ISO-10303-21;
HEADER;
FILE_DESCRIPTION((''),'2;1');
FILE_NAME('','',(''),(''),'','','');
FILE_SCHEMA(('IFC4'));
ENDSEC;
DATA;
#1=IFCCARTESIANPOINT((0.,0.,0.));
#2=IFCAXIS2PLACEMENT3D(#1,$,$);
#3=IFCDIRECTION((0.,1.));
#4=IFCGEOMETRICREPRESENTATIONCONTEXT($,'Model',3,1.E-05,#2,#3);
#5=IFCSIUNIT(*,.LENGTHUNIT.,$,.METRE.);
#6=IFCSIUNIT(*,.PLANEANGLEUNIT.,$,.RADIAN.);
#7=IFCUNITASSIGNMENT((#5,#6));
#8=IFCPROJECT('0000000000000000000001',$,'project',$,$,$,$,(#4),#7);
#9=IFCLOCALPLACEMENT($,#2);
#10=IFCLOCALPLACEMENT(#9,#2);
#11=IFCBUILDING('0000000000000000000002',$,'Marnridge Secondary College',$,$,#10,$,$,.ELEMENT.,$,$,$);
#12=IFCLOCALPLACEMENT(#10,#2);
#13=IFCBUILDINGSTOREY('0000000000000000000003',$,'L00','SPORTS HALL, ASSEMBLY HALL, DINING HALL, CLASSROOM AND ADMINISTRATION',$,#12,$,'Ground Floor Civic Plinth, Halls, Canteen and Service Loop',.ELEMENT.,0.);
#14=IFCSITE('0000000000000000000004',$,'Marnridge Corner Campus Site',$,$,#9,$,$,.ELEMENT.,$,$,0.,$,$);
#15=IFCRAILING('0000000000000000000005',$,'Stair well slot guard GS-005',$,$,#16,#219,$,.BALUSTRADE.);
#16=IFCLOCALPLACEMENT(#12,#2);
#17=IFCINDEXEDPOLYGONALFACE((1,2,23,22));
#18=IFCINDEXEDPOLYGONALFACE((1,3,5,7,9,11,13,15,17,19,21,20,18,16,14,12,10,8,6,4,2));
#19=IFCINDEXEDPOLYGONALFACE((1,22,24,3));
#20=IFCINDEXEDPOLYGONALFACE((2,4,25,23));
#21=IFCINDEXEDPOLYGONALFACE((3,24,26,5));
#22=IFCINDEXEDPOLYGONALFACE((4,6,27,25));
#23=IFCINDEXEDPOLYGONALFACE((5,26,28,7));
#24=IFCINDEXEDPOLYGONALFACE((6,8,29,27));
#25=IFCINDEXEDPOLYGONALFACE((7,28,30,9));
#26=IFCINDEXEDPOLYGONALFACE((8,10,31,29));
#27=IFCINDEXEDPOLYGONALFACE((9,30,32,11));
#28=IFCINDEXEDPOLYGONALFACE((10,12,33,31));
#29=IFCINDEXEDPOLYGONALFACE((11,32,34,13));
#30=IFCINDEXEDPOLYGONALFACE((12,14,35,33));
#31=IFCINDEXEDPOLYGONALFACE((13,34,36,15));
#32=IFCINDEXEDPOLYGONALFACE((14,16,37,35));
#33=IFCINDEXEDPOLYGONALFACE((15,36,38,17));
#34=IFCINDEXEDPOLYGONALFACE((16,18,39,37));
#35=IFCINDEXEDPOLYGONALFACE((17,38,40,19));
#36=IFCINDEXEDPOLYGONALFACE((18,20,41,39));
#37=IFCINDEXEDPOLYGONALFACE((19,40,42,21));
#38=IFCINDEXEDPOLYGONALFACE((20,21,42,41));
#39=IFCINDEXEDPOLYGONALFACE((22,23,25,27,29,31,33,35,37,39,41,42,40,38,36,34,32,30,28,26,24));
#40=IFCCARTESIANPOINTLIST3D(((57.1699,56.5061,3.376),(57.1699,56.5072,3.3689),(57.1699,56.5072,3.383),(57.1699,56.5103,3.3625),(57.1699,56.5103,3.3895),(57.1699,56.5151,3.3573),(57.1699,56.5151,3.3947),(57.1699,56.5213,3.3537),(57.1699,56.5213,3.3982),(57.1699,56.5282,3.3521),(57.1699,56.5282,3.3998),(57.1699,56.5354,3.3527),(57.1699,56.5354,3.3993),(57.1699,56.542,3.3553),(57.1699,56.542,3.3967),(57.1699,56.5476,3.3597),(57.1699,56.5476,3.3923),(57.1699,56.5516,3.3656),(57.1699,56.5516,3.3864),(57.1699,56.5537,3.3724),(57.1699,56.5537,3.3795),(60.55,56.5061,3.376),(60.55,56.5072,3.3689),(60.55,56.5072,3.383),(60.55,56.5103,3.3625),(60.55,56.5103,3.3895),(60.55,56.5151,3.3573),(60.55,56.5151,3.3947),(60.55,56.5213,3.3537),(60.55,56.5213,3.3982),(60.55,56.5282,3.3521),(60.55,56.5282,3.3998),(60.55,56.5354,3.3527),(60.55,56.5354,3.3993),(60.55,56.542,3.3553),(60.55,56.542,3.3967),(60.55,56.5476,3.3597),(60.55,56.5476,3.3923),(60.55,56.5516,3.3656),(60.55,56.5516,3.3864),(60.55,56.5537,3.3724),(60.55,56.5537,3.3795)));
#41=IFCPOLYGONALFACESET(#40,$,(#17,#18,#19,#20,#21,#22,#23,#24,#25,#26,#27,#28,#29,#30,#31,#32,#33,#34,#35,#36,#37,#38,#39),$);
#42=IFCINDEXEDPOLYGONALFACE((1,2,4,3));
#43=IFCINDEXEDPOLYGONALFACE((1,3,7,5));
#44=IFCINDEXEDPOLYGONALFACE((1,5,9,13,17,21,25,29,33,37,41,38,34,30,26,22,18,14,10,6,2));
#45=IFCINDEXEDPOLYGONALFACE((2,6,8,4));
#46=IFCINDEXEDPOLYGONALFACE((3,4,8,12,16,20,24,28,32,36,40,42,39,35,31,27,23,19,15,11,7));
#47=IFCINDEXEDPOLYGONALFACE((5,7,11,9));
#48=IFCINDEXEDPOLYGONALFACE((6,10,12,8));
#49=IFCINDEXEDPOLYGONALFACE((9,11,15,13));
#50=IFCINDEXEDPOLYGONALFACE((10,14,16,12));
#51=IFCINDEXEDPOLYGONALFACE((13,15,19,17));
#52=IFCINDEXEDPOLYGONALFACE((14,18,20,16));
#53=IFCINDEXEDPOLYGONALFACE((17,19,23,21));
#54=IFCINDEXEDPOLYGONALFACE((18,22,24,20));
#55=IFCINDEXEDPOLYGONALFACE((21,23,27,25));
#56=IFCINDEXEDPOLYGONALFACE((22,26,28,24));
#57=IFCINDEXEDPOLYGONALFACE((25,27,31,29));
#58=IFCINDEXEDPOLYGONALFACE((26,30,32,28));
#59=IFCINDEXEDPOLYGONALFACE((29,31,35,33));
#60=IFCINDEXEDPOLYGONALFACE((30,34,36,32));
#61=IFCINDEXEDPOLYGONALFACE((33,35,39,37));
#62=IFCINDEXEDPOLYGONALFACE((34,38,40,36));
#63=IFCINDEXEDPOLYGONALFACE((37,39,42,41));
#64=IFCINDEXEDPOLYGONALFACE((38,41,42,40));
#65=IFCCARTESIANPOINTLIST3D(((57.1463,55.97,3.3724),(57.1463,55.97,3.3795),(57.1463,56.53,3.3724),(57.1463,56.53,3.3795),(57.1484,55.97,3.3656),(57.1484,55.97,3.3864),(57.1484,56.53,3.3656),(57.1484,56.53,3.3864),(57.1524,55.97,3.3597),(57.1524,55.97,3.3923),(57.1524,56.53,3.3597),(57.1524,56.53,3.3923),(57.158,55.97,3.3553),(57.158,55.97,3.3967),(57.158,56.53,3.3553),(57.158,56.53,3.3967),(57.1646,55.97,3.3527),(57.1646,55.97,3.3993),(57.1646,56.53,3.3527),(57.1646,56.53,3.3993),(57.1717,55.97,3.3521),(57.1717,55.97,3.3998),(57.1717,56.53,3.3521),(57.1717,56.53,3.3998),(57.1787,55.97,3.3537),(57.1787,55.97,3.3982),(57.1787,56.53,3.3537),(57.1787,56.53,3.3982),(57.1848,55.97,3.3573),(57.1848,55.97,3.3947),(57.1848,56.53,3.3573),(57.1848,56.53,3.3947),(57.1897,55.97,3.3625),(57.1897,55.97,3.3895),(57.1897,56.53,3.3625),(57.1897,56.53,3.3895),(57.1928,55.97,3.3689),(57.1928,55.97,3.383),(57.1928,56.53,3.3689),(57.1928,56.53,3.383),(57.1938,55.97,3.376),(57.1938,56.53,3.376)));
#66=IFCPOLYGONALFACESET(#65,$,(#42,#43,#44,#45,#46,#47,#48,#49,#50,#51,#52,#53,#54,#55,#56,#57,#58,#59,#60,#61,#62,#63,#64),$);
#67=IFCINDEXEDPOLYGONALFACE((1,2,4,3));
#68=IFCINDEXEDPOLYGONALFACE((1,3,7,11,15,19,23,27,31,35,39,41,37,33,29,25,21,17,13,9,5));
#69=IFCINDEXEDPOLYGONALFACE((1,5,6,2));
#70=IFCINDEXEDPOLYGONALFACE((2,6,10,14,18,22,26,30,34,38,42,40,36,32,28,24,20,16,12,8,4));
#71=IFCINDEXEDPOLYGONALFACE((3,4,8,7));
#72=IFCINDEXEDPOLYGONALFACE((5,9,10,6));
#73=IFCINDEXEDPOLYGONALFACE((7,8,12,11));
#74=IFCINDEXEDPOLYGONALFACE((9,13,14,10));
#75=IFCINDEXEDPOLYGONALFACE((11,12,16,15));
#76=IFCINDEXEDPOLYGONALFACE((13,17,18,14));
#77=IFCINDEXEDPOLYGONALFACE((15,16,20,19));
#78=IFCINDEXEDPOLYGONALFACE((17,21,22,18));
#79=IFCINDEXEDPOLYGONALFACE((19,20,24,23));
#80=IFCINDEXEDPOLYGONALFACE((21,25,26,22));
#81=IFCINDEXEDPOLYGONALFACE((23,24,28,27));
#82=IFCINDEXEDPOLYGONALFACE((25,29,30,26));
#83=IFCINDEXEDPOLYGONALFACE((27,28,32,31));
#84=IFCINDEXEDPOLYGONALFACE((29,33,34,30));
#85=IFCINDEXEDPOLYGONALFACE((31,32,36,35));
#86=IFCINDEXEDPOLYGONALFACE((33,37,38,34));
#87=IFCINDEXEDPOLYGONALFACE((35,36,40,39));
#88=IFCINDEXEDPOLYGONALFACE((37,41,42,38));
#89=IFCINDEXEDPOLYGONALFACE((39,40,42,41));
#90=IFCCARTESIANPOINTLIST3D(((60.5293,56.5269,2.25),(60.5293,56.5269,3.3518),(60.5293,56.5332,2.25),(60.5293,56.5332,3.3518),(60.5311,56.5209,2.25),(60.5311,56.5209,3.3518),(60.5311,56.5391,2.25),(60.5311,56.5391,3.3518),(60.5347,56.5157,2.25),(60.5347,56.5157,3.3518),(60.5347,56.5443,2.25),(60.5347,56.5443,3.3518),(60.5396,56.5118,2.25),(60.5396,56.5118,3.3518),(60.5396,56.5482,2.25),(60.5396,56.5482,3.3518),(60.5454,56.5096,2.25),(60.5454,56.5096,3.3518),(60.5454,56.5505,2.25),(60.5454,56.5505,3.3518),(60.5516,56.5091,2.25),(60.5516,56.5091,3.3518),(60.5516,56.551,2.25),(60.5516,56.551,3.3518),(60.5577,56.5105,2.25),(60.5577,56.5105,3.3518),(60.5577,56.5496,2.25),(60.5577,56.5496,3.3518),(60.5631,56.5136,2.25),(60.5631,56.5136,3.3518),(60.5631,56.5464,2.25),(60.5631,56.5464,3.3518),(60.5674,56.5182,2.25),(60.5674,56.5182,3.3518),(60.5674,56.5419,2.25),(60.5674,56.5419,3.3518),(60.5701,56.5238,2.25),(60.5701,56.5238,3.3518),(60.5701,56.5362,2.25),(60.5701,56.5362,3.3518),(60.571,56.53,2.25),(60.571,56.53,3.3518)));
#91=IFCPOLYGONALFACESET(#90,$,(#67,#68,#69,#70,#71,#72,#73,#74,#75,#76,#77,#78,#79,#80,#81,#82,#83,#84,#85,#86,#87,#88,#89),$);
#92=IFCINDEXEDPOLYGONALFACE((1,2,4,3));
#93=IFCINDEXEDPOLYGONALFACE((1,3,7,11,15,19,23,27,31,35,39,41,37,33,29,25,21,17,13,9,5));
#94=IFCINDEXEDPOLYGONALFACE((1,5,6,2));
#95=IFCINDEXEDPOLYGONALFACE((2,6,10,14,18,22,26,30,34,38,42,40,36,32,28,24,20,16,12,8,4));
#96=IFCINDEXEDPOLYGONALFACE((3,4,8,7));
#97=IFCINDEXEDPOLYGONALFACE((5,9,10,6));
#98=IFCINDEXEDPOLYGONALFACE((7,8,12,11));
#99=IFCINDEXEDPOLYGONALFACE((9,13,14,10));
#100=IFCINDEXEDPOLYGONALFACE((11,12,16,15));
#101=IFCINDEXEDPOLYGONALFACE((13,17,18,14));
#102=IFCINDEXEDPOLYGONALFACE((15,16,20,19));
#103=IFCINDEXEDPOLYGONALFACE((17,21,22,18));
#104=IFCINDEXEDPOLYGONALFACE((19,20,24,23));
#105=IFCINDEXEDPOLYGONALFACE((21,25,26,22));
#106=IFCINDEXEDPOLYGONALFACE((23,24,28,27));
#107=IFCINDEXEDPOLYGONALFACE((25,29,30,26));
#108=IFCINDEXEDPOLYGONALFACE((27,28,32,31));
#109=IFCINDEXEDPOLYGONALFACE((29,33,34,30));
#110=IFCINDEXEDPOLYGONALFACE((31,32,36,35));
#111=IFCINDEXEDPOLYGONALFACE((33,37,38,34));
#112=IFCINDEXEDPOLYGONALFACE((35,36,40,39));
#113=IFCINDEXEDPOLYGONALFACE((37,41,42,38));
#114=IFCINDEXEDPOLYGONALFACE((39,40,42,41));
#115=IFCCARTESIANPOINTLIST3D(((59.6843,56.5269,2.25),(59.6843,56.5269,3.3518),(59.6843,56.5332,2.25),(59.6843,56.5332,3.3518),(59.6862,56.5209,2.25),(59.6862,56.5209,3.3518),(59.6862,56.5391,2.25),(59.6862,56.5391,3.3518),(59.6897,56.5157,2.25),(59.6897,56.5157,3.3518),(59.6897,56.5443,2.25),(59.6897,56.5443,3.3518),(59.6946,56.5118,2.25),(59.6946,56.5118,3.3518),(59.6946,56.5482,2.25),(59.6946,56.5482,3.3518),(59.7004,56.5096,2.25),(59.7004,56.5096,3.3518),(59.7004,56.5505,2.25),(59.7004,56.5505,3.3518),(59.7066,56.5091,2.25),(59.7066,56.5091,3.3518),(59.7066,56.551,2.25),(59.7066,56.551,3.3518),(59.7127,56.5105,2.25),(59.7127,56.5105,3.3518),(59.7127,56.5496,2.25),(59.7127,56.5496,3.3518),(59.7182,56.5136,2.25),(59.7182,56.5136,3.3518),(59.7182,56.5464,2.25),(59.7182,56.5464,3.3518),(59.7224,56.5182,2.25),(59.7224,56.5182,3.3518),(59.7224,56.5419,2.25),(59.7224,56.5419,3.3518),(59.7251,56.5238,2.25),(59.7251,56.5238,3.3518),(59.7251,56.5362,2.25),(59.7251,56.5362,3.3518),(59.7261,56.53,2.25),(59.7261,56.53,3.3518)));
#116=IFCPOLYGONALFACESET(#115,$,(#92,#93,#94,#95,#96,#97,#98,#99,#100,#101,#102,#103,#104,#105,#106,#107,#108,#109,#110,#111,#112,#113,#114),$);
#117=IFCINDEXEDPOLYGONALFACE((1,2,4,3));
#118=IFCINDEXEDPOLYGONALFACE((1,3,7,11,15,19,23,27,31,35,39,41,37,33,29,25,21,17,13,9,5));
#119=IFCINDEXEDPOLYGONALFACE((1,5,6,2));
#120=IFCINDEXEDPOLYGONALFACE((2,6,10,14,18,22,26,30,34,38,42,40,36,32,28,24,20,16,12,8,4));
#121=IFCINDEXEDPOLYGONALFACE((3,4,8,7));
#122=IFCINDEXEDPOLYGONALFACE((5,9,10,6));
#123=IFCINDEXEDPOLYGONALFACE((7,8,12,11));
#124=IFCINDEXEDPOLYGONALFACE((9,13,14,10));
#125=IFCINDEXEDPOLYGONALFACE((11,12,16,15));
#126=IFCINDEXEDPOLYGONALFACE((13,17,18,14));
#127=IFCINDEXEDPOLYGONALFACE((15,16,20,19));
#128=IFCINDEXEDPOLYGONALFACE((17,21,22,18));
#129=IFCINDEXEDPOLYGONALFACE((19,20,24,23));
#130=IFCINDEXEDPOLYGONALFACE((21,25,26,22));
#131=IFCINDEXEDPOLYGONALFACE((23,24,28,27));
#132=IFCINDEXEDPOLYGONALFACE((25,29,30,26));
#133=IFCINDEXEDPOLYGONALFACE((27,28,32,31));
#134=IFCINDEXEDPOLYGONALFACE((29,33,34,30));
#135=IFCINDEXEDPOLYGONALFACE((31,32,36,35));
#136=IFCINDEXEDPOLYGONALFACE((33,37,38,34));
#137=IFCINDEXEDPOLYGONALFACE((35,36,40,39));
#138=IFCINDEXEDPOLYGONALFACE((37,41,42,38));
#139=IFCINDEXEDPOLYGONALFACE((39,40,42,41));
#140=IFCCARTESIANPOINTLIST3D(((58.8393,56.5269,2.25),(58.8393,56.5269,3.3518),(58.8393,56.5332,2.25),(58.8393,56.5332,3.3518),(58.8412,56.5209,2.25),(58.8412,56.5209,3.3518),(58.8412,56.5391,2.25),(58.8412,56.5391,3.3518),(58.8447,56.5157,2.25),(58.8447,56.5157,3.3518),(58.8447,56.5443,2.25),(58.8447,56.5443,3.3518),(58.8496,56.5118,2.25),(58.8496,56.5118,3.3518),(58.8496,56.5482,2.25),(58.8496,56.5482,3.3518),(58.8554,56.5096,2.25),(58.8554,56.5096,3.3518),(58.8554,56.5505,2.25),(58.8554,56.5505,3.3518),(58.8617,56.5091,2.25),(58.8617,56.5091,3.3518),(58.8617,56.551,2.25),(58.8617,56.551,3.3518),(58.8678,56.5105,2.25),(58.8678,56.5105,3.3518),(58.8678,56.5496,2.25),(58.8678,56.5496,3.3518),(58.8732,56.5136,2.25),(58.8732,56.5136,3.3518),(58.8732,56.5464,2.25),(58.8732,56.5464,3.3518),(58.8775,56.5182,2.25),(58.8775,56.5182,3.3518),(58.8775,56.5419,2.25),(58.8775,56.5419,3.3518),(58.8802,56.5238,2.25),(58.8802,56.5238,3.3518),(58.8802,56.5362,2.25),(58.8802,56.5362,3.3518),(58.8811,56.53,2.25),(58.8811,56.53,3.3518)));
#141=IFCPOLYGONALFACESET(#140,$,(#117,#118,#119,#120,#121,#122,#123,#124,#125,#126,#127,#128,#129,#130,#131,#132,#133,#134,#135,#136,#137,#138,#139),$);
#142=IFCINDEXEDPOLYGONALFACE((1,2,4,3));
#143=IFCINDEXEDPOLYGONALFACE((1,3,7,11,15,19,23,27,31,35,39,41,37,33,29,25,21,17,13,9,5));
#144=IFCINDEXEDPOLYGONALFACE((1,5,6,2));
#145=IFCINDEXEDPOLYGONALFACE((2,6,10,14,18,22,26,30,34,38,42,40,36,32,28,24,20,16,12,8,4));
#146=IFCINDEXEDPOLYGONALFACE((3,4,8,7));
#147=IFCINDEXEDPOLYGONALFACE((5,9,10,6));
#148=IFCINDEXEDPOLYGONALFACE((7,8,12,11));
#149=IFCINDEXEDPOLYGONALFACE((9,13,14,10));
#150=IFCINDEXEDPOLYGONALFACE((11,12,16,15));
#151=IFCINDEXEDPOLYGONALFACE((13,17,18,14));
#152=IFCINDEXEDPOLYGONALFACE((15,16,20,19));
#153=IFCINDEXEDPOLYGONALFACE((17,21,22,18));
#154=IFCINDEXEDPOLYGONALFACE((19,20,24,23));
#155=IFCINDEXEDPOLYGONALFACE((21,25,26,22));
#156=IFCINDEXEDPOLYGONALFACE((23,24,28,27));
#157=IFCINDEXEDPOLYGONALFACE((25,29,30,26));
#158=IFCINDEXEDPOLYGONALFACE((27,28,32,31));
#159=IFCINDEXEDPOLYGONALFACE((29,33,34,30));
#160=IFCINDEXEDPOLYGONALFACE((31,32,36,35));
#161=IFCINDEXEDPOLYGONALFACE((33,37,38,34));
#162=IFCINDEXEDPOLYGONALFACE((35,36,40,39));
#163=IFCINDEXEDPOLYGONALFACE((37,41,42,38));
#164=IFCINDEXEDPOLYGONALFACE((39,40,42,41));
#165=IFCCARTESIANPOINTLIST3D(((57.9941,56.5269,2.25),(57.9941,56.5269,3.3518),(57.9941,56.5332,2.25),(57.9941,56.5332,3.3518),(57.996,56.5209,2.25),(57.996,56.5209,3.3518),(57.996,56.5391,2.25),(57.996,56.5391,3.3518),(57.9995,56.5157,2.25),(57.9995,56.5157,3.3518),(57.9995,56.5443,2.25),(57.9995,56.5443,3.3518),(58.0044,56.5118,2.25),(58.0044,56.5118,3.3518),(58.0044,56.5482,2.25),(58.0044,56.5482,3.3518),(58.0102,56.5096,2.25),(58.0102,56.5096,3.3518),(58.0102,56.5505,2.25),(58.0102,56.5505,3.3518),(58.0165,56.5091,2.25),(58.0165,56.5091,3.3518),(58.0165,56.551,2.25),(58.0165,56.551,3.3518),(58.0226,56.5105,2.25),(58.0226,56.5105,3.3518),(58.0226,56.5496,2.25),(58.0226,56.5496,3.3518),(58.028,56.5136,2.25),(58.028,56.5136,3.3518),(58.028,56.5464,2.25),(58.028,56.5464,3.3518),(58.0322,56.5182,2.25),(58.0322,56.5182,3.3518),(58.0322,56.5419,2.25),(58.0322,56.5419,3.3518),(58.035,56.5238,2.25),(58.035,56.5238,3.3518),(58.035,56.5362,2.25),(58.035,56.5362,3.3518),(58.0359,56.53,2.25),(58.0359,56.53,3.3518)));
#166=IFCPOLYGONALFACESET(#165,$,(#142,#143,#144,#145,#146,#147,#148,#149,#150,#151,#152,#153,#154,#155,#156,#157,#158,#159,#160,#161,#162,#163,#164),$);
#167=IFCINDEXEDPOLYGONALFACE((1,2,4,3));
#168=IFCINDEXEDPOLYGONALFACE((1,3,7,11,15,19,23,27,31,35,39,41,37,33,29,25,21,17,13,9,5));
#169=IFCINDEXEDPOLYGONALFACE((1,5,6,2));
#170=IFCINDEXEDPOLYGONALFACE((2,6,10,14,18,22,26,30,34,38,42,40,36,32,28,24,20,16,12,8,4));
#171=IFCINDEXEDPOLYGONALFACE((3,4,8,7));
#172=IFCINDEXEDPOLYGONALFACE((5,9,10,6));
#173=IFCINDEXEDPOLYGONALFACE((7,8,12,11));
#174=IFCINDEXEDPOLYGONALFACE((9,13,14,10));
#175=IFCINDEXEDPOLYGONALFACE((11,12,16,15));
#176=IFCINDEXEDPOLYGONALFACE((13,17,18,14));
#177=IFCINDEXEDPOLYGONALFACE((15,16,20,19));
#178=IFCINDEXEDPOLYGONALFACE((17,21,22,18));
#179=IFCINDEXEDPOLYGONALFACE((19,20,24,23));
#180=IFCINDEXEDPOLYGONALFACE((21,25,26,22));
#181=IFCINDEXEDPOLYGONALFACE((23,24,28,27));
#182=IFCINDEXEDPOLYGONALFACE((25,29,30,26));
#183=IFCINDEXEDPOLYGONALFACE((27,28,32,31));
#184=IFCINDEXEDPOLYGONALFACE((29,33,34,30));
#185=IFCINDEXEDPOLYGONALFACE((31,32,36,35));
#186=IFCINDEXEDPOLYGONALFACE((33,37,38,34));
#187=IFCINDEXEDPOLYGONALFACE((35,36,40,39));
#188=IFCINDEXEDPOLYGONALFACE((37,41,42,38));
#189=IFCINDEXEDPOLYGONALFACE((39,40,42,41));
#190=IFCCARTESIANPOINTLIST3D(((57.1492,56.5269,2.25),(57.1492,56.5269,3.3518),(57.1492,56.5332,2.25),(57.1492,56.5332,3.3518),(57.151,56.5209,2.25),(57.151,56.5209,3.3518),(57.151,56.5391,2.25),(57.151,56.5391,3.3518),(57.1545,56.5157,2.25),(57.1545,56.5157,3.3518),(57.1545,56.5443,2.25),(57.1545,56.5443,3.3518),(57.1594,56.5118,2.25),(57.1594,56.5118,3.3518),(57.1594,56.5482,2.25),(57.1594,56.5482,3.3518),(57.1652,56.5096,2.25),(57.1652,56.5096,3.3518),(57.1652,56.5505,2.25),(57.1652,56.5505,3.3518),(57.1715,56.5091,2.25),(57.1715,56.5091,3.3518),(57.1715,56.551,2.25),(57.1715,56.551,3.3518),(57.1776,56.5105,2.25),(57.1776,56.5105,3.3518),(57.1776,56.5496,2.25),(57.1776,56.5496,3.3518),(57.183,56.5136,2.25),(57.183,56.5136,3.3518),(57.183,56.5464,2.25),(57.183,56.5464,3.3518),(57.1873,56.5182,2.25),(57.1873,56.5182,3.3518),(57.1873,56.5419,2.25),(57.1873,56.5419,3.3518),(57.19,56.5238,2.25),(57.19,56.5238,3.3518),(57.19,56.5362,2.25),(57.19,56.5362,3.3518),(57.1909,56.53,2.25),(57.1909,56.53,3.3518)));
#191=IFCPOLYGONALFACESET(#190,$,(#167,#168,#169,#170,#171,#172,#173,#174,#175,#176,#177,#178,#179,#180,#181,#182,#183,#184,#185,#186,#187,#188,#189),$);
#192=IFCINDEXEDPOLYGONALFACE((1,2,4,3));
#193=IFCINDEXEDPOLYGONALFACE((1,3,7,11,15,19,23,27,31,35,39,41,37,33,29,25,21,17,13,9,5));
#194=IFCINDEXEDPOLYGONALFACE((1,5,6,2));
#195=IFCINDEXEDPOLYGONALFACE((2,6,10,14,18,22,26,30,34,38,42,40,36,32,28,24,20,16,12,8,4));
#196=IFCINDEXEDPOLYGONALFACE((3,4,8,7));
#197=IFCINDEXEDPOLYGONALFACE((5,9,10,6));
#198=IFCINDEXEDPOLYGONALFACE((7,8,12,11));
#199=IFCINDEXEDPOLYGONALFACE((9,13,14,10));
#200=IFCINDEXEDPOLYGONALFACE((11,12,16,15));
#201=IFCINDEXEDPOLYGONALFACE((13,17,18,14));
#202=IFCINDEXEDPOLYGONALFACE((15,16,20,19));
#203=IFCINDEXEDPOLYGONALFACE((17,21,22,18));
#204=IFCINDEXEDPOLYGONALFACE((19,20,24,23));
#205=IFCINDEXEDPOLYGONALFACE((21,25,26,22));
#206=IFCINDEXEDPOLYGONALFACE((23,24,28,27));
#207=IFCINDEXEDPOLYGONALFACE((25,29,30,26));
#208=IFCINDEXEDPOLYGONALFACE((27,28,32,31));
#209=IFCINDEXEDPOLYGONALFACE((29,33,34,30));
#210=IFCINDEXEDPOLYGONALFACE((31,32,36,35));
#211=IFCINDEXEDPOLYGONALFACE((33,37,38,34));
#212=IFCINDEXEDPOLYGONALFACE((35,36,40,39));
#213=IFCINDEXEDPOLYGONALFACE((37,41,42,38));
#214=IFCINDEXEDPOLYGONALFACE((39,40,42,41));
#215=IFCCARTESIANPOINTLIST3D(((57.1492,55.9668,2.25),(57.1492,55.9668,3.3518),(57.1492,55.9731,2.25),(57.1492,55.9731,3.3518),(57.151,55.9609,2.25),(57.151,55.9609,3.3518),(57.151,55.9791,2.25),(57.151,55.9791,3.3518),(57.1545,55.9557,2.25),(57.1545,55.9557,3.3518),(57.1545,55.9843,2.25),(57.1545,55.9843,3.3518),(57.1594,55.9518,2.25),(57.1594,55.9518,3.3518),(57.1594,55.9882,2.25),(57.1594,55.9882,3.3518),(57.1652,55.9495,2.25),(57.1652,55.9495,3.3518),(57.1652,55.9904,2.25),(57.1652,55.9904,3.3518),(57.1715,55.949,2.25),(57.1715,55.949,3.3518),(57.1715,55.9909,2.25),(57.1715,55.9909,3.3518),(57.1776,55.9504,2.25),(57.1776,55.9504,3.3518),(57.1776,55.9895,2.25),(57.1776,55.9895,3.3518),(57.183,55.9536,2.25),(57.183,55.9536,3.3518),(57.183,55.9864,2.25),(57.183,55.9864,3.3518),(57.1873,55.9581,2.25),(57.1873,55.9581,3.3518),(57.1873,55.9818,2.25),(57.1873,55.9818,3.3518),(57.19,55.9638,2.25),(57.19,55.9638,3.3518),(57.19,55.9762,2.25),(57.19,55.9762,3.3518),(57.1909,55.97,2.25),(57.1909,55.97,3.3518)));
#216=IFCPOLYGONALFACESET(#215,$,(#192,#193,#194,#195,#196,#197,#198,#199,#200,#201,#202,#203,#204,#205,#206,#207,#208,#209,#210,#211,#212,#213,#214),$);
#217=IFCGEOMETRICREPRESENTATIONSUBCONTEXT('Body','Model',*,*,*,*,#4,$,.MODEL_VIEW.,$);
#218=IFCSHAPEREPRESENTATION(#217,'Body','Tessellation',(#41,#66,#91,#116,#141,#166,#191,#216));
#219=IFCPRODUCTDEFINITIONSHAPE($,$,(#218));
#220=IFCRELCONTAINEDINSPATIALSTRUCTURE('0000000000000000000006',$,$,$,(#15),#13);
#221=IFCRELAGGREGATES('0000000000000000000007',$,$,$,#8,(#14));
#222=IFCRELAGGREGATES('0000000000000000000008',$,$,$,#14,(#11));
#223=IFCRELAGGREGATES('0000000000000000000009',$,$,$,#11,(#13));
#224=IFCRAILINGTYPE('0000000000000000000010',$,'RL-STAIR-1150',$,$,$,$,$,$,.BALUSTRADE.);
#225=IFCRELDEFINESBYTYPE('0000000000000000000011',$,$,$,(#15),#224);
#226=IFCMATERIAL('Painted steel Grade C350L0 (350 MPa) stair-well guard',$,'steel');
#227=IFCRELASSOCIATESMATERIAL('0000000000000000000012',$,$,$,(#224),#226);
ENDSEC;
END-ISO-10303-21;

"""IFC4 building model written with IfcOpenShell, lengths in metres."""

from ifc_helpers import new_model, si_unit, direction, frame, origin, origin_2d, place, context, subcontext, project, spatial, circle, extrude, material, type_object, element, save


model = new_model("IFC4")

# Units and contexts
model_context = context("Model", 3, precision=1e-05, world=origin(), true_north=direction((0.0, 1.0)))
body_context = subcontext(model_context, "Body", "Model", "MODEL_VIEW")
ifc_project = project(units=[si_unit("LENGTHUNIT", "METRE"), si_unit("PLANEANGLEUNIT", "RADIAN")], contexts=[model_context])

# Site, building, storey
site_placement = place(None, origin())
site = spatial("IfcSite", under=ifc_project, at=site_placement, Name="Marnridge Corner Campus Site", CompositionType="ELEMENT", RefElevation=0.0)
building_placement = place(site_placement, origin())
building = spatial("IfcBuilding", under=site, at=building_placement, Name="Marnridge Secondary College", CompositionType="ELEMENT")
storey_placement = place(building_placement, origin())
storey = spatial("IfcBuildingStorey", under=building, at=storey_placement, Name="L00", Description="SPORTS HALL, ASSEMBLY HALL, DINING HALL, CLASSROOM AND ADMINISTRATION", LongName="Ground Floor Civic Plinth, Halls, Canteen and Service Loop", CompositionType="ELEMENT", Elevation=0.0)

# Railing
ifc_material_1 = material(Name="Painted steel Grade C350L0 (350 MPa) stair-well guard", Category="steel")
railing_type_1 = type_object("IfcRailingType", Name="RL-STAIR-1150", PredefinedType="BALUSTRADE", material=ifc_material_1)
railing_placement = place(storey_placement, frame((60.55, 56.53, 2.25)))
element("IfcRailing", 1, at=railing_placement, inside=storey, type_object=railing_type_1, Name="Stair well slot guard GS-005", PredefinedType="BALUSTRADE", context=body_context, shape_type="SweptSolid", body=[
    extrude(circle(Radius=0.0239, at=origin_2d()), frame((0.0, 0.0, 1.126), z_axis=(-1.0, 0.0, 0.0), x_axis=(0.0, -1.0, 0.0)), (0.0, 0.0, 1.0), 3.3801),
    extrude(circle(Radius=0.0239, at=origin_2d()), frame((-3.3801, 0.0, 1.126), z_axis=(0.0, -1.0, 0.0), x_axis=(1.0, 0.0, 0.0)), (0.0, 0.0, 1.0), 0.5601),
    extrude(circle(Radius=0.021, at=origin_2d()), origin(), (0.0, 0.0, 1.0), 1.1018),
    extrude(circle(Radius=0.021, at=origin_2d()), frame((-0.845, 0.0, 0.0)), (0.0, 0.0, 1.0), 1.1018),
    extrude(circle(Radius=0.021, at=origin_2d()), frame((-1.6899, 0.0, 0.0)), (0.0, 0.0, 1.0), 1.1018),
    extrude(circle(Radius=0.021, at=origin_2d()), frame((-2.5352, 0.0, 0.0)), (0.0, 0.0, 1.0), 1.1018),
    extrude(circle(Radius=0.021, at=origin_2d()), frame((-3.3801, 0.0, 0.0)), (0.0, 0.0, 1.0), 1.1018),
    extrude(circle(Radius=0.021, at=origin_2d()), frame((-3.3801, -0.5601, 0.0)), (0.0, 0.0, 1.0), 1.1018),
])

save(model, "model.ifc")
